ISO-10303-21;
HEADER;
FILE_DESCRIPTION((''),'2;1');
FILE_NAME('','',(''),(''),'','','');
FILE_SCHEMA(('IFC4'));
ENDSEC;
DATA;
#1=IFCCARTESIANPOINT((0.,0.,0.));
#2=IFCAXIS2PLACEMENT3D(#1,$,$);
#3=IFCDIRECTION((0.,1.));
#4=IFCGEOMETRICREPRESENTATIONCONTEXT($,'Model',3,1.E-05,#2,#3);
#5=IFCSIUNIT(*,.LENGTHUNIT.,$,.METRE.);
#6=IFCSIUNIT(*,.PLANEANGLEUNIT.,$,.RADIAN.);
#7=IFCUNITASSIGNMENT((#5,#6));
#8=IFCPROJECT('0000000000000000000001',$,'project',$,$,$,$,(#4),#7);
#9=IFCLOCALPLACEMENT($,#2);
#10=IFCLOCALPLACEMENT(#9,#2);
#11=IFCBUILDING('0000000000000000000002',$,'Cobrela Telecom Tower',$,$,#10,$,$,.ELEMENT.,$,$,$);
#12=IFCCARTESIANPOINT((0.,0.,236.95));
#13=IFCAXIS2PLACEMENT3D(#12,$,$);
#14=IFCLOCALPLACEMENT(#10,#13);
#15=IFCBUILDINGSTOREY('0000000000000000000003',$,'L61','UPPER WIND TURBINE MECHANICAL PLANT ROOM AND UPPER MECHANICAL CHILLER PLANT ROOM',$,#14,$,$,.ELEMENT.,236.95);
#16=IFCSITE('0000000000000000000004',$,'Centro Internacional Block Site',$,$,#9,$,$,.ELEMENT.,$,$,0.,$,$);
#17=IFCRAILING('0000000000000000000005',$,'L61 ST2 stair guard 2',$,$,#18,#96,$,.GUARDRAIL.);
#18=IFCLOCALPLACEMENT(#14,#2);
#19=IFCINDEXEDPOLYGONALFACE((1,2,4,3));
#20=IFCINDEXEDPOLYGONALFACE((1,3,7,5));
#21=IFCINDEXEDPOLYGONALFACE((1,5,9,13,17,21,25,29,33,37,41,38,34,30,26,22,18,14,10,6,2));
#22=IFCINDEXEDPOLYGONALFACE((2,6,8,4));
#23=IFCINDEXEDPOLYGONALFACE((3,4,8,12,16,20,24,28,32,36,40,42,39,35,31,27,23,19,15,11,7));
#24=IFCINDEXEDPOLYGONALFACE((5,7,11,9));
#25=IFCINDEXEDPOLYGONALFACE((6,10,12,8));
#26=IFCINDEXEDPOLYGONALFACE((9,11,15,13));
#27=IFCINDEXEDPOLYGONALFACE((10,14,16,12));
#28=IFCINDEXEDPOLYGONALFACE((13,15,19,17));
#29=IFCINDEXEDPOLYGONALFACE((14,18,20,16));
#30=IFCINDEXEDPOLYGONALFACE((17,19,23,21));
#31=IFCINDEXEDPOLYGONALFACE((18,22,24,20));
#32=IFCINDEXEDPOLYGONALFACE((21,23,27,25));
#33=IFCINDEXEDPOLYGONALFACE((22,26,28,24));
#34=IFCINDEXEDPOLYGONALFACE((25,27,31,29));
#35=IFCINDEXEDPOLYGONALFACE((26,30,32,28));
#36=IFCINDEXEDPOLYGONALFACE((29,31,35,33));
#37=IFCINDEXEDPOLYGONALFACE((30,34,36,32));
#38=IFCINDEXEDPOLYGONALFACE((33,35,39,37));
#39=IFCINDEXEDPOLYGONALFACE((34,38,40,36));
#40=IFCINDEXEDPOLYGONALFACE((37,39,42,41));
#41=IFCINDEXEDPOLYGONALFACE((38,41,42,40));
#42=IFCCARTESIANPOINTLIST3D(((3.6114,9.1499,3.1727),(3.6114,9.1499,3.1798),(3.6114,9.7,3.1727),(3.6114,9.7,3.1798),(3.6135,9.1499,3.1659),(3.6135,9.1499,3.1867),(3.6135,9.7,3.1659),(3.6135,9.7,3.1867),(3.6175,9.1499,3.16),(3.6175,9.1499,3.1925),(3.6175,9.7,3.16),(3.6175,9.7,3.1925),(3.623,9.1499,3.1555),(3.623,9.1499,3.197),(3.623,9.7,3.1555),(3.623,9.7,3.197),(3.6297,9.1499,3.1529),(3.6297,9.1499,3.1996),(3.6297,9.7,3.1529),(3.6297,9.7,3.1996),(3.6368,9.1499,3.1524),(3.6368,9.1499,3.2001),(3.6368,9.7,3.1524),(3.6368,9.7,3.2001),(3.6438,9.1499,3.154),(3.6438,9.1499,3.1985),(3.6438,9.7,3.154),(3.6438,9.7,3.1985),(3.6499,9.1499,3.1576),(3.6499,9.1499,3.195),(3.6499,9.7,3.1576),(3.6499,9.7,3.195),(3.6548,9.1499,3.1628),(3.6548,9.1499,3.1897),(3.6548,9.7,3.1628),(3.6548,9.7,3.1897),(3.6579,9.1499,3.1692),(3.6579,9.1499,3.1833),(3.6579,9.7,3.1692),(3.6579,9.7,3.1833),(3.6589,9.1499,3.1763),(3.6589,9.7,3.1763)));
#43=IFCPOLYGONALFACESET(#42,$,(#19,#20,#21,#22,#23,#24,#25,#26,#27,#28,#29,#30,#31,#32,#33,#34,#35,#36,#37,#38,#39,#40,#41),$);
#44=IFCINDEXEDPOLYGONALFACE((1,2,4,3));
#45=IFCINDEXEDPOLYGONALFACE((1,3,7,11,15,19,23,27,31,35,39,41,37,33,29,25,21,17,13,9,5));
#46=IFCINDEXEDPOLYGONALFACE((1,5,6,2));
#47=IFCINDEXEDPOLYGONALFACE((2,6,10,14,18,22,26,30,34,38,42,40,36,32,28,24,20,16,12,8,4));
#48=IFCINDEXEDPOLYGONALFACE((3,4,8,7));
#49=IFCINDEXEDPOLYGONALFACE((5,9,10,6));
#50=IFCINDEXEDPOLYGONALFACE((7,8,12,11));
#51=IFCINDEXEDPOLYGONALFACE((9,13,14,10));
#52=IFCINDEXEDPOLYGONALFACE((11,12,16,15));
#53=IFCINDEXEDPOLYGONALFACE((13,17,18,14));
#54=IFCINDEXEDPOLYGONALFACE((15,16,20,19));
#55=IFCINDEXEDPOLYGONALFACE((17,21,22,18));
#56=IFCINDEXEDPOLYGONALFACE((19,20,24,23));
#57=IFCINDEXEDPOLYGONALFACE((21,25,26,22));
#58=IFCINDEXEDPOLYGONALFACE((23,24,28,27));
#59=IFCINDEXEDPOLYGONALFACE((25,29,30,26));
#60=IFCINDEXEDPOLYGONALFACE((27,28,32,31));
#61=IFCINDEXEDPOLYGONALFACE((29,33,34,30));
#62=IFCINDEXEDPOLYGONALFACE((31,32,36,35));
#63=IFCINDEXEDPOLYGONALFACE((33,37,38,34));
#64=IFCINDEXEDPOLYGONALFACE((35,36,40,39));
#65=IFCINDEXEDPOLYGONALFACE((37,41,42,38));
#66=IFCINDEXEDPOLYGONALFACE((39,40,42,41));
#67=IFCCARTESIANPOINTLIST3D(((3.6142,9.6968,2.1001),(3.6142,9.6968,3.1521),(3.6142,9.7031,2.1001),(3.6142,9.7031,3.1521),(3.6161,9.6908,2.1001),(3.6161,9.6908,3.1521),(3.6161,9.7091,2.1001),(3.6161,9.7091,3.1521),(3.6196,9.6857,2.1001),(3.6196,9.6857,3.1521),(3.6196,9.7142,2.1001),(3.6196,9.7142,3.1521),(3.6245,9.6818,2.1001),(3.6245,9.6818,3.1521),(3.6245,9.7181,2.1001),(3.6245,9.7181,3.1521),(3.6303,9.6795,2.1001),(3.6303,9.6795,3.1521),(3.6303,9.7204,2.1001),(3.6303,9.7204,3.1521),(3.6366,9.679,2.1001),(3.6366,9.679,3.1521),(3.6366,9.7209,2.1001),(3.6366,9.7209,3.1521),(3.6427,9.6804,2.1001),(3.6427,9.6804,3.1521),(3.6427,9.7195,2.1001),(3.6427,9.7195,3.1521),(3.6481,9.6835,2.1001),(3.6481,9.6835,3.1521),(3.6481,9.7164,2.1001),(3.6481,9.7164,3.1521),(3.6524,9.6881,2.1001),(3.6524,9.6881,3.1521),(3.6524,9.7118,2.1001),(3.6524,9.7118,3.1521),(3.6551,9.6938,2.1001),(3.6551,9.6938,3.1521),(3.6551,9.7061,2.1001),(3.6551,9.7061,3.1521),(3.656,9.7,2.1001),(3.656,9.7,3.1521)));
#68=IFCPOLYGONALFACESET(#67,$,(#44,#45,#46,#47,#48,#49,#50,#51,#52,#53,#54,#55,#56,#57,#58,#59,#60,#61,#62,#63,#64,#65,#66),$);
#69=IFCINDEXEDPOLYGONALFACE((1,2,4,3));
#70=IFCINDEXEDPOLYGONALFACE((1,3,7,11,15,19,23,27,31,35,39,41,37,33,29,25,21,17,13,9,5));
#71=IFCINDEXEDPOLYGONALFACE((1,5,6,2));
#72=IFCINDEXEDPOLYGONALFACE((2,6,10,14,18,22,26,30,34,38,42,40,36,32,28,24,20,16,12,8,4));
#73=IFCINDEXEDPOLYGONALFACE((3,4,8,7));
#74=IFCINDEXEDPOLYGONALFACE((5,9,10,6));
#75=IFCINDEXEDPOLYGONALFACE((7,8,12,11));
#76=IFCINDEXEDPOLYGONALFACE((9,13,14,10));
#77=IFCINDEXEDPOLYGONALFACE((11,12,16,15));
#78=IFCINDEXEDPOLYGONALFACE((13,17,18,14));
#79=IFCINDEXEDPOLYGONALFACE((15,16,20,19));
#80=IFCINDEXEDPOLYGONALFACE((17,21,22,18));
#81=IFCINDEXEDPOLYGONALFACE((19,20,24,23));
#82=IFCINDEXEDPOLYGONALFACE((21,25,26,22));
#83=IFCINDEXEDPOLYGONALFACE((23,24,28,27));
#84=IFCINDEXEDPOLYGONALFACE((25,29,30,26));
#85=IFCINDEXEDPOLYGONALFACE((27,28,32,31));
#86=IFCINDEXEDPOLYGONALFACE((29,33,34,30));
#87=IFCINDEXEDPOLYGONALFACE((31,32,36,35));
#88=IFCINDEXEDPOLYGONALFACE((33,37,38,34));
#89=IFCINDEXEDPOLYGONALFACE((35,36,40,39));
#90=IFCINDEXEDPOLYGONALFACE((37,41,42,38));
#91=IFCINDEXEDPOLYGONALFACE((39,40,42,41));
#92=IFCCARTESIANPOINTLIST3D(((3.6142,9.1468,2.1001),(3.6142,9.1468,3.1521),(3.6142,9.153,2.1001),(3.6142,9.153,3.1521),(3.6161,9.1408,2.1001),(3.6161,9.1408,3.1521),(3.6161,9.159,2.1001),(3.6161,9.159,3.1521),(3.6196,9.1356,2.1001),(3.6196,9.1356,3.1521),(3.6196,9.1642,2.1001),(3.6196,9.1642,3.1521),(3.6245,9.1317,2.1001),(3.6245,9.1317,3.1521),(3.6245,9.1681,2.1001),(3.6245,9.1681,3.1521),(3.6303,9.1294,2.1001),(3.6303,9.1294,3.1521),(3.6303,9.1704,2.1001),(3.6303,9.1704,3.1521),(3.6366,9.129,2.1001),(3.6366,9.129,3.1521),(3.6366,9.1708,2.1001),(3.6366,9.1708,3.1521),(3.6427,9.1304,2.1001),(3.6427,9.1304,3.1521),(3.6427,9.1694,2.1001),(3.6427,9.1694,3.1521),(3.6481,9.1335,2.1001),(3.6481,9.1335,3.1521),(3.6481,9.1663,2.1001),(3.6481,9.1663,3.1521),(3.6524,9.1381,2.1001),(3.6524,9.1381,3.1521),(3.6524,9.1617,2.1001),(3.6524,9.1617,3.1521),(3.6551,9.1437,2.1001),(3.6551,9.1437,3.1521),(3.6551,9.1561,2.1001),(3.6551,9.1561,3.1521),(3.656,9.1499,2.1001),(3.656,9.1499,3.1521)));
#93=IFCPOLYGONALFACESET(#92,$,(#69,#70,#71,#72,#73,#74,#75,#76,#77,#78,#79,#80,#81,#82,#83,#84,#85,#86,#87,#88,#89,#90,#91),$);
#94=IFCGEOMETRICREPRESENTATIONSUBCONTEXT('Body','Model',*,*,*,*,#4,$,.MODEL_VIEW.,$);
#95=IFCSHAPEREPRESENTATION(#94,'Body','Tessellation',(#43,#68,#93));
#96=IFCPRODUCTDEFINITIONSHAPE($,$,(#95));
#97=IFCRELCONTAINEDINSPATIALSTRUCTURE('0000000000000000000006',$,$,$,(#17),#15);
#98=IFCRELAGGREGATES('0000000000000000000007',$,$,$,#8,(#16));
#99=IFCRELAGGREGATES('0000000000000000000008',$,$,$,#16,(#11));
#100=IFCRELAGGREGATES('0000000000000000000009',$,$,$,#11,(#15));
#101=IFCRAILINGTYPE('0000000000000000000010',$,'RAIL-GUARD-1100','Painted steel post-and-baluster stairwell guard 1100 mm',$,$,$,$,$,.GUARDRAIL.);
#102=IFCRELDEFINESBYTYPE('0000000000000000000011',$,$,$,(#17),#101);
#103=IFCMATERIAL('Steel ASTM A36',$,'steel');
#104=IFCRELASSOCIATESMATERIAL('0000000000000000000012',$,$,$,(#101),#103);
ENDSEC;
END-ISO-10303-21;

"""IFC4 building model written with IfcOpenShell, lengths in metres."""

from ifc_helpers import new_model, si_unit, direction, frame, origin, origin_2d, place, context, subcontext, project, spatial, circle, extrude, material, type_object, element, save


model = new_model("IFC4")

# Units and contexts
model_context = context("Model", 3, precision=1e-05, world=origin(), true_north=direction((0.0, 1.0)))
body_context = subcontext(model_context, "Body", "Model", "MODEL_VIEW")
ifc_project = project(units=[si_unit("LENGTHUNIT", "METRE"), si_unit("PLANEANGLEUNIT", "RADIAN")], contexts=[model_context])

# Site, building, storey
site_placement = place(None, origin())
site = spatial("IfcSite", under=ifc_project, at=site_placement, Name="Centro Internacional Block Site", CompositionType="ELEMENT", RefElevation=0.0)
building_placement = place(site_placement, origin())
building = spatial("IfcBuilding", under=site, at=building_placement, Name="Cobrela Telecom Tower", CompositionType="ELEMENT")
storey_placement = place(building_placement, frame((0.0, 0.0, 236.95)))
storey = spatial("IfcBuildingStorey", under=building, at=storey_placement, Name="L61", Description="UPPER WIND TURBINE MECHANICAL PLANT ROOM AND UPPER MECHANICAL CHILLER PLANT ROOM", CompositionType="ELEMENT", Elevation=236.95)

# Shared definitions
ifc_material_1 = material(Name="Steel ASTM A36", Category="steel")

# Railing
railing_type_1 = type_object("IfcRailingType", Name="RAIL-GUARD-1100", Description="Painted steel post-and-baluster stairwell guard 1100 mm", PredefinedType="GUARDRAIL", material=ifc_material_1)
railing_1_placement = place(storey_placement, frame((3.635, 9.7, 2.1001)))
element("IfcRailing", 1, at=railing_1_placement, inside=storey, type_object=railing_type_1, Name="L61 ST2 stair guard 2", PredefinedType="GUARDRAIL", context=body_context, shape_type="SweptSolid", body=[
    extrude(circle(Radius=0.0239, at=origin_2d()), frame((0.0, 0.0, 1.0762), z_axis=(0.0, -1.0, 0.0), x_axis=(1.0, 0.0, 0.0)), (0.0, 0.0, 1.0), 0.55),
    extrude(circle(Radius=0.021, at=origin_2d()), origin(), (0.0, 0.0, 1.0), 1.052),
    extrude(circle(Radius=0.021, at=origin_2d()), frame((0.0, -0.55, 0.0)), (0.0, 0.0, 1.0), 1.052),
])

save(model, "model.ifc")
